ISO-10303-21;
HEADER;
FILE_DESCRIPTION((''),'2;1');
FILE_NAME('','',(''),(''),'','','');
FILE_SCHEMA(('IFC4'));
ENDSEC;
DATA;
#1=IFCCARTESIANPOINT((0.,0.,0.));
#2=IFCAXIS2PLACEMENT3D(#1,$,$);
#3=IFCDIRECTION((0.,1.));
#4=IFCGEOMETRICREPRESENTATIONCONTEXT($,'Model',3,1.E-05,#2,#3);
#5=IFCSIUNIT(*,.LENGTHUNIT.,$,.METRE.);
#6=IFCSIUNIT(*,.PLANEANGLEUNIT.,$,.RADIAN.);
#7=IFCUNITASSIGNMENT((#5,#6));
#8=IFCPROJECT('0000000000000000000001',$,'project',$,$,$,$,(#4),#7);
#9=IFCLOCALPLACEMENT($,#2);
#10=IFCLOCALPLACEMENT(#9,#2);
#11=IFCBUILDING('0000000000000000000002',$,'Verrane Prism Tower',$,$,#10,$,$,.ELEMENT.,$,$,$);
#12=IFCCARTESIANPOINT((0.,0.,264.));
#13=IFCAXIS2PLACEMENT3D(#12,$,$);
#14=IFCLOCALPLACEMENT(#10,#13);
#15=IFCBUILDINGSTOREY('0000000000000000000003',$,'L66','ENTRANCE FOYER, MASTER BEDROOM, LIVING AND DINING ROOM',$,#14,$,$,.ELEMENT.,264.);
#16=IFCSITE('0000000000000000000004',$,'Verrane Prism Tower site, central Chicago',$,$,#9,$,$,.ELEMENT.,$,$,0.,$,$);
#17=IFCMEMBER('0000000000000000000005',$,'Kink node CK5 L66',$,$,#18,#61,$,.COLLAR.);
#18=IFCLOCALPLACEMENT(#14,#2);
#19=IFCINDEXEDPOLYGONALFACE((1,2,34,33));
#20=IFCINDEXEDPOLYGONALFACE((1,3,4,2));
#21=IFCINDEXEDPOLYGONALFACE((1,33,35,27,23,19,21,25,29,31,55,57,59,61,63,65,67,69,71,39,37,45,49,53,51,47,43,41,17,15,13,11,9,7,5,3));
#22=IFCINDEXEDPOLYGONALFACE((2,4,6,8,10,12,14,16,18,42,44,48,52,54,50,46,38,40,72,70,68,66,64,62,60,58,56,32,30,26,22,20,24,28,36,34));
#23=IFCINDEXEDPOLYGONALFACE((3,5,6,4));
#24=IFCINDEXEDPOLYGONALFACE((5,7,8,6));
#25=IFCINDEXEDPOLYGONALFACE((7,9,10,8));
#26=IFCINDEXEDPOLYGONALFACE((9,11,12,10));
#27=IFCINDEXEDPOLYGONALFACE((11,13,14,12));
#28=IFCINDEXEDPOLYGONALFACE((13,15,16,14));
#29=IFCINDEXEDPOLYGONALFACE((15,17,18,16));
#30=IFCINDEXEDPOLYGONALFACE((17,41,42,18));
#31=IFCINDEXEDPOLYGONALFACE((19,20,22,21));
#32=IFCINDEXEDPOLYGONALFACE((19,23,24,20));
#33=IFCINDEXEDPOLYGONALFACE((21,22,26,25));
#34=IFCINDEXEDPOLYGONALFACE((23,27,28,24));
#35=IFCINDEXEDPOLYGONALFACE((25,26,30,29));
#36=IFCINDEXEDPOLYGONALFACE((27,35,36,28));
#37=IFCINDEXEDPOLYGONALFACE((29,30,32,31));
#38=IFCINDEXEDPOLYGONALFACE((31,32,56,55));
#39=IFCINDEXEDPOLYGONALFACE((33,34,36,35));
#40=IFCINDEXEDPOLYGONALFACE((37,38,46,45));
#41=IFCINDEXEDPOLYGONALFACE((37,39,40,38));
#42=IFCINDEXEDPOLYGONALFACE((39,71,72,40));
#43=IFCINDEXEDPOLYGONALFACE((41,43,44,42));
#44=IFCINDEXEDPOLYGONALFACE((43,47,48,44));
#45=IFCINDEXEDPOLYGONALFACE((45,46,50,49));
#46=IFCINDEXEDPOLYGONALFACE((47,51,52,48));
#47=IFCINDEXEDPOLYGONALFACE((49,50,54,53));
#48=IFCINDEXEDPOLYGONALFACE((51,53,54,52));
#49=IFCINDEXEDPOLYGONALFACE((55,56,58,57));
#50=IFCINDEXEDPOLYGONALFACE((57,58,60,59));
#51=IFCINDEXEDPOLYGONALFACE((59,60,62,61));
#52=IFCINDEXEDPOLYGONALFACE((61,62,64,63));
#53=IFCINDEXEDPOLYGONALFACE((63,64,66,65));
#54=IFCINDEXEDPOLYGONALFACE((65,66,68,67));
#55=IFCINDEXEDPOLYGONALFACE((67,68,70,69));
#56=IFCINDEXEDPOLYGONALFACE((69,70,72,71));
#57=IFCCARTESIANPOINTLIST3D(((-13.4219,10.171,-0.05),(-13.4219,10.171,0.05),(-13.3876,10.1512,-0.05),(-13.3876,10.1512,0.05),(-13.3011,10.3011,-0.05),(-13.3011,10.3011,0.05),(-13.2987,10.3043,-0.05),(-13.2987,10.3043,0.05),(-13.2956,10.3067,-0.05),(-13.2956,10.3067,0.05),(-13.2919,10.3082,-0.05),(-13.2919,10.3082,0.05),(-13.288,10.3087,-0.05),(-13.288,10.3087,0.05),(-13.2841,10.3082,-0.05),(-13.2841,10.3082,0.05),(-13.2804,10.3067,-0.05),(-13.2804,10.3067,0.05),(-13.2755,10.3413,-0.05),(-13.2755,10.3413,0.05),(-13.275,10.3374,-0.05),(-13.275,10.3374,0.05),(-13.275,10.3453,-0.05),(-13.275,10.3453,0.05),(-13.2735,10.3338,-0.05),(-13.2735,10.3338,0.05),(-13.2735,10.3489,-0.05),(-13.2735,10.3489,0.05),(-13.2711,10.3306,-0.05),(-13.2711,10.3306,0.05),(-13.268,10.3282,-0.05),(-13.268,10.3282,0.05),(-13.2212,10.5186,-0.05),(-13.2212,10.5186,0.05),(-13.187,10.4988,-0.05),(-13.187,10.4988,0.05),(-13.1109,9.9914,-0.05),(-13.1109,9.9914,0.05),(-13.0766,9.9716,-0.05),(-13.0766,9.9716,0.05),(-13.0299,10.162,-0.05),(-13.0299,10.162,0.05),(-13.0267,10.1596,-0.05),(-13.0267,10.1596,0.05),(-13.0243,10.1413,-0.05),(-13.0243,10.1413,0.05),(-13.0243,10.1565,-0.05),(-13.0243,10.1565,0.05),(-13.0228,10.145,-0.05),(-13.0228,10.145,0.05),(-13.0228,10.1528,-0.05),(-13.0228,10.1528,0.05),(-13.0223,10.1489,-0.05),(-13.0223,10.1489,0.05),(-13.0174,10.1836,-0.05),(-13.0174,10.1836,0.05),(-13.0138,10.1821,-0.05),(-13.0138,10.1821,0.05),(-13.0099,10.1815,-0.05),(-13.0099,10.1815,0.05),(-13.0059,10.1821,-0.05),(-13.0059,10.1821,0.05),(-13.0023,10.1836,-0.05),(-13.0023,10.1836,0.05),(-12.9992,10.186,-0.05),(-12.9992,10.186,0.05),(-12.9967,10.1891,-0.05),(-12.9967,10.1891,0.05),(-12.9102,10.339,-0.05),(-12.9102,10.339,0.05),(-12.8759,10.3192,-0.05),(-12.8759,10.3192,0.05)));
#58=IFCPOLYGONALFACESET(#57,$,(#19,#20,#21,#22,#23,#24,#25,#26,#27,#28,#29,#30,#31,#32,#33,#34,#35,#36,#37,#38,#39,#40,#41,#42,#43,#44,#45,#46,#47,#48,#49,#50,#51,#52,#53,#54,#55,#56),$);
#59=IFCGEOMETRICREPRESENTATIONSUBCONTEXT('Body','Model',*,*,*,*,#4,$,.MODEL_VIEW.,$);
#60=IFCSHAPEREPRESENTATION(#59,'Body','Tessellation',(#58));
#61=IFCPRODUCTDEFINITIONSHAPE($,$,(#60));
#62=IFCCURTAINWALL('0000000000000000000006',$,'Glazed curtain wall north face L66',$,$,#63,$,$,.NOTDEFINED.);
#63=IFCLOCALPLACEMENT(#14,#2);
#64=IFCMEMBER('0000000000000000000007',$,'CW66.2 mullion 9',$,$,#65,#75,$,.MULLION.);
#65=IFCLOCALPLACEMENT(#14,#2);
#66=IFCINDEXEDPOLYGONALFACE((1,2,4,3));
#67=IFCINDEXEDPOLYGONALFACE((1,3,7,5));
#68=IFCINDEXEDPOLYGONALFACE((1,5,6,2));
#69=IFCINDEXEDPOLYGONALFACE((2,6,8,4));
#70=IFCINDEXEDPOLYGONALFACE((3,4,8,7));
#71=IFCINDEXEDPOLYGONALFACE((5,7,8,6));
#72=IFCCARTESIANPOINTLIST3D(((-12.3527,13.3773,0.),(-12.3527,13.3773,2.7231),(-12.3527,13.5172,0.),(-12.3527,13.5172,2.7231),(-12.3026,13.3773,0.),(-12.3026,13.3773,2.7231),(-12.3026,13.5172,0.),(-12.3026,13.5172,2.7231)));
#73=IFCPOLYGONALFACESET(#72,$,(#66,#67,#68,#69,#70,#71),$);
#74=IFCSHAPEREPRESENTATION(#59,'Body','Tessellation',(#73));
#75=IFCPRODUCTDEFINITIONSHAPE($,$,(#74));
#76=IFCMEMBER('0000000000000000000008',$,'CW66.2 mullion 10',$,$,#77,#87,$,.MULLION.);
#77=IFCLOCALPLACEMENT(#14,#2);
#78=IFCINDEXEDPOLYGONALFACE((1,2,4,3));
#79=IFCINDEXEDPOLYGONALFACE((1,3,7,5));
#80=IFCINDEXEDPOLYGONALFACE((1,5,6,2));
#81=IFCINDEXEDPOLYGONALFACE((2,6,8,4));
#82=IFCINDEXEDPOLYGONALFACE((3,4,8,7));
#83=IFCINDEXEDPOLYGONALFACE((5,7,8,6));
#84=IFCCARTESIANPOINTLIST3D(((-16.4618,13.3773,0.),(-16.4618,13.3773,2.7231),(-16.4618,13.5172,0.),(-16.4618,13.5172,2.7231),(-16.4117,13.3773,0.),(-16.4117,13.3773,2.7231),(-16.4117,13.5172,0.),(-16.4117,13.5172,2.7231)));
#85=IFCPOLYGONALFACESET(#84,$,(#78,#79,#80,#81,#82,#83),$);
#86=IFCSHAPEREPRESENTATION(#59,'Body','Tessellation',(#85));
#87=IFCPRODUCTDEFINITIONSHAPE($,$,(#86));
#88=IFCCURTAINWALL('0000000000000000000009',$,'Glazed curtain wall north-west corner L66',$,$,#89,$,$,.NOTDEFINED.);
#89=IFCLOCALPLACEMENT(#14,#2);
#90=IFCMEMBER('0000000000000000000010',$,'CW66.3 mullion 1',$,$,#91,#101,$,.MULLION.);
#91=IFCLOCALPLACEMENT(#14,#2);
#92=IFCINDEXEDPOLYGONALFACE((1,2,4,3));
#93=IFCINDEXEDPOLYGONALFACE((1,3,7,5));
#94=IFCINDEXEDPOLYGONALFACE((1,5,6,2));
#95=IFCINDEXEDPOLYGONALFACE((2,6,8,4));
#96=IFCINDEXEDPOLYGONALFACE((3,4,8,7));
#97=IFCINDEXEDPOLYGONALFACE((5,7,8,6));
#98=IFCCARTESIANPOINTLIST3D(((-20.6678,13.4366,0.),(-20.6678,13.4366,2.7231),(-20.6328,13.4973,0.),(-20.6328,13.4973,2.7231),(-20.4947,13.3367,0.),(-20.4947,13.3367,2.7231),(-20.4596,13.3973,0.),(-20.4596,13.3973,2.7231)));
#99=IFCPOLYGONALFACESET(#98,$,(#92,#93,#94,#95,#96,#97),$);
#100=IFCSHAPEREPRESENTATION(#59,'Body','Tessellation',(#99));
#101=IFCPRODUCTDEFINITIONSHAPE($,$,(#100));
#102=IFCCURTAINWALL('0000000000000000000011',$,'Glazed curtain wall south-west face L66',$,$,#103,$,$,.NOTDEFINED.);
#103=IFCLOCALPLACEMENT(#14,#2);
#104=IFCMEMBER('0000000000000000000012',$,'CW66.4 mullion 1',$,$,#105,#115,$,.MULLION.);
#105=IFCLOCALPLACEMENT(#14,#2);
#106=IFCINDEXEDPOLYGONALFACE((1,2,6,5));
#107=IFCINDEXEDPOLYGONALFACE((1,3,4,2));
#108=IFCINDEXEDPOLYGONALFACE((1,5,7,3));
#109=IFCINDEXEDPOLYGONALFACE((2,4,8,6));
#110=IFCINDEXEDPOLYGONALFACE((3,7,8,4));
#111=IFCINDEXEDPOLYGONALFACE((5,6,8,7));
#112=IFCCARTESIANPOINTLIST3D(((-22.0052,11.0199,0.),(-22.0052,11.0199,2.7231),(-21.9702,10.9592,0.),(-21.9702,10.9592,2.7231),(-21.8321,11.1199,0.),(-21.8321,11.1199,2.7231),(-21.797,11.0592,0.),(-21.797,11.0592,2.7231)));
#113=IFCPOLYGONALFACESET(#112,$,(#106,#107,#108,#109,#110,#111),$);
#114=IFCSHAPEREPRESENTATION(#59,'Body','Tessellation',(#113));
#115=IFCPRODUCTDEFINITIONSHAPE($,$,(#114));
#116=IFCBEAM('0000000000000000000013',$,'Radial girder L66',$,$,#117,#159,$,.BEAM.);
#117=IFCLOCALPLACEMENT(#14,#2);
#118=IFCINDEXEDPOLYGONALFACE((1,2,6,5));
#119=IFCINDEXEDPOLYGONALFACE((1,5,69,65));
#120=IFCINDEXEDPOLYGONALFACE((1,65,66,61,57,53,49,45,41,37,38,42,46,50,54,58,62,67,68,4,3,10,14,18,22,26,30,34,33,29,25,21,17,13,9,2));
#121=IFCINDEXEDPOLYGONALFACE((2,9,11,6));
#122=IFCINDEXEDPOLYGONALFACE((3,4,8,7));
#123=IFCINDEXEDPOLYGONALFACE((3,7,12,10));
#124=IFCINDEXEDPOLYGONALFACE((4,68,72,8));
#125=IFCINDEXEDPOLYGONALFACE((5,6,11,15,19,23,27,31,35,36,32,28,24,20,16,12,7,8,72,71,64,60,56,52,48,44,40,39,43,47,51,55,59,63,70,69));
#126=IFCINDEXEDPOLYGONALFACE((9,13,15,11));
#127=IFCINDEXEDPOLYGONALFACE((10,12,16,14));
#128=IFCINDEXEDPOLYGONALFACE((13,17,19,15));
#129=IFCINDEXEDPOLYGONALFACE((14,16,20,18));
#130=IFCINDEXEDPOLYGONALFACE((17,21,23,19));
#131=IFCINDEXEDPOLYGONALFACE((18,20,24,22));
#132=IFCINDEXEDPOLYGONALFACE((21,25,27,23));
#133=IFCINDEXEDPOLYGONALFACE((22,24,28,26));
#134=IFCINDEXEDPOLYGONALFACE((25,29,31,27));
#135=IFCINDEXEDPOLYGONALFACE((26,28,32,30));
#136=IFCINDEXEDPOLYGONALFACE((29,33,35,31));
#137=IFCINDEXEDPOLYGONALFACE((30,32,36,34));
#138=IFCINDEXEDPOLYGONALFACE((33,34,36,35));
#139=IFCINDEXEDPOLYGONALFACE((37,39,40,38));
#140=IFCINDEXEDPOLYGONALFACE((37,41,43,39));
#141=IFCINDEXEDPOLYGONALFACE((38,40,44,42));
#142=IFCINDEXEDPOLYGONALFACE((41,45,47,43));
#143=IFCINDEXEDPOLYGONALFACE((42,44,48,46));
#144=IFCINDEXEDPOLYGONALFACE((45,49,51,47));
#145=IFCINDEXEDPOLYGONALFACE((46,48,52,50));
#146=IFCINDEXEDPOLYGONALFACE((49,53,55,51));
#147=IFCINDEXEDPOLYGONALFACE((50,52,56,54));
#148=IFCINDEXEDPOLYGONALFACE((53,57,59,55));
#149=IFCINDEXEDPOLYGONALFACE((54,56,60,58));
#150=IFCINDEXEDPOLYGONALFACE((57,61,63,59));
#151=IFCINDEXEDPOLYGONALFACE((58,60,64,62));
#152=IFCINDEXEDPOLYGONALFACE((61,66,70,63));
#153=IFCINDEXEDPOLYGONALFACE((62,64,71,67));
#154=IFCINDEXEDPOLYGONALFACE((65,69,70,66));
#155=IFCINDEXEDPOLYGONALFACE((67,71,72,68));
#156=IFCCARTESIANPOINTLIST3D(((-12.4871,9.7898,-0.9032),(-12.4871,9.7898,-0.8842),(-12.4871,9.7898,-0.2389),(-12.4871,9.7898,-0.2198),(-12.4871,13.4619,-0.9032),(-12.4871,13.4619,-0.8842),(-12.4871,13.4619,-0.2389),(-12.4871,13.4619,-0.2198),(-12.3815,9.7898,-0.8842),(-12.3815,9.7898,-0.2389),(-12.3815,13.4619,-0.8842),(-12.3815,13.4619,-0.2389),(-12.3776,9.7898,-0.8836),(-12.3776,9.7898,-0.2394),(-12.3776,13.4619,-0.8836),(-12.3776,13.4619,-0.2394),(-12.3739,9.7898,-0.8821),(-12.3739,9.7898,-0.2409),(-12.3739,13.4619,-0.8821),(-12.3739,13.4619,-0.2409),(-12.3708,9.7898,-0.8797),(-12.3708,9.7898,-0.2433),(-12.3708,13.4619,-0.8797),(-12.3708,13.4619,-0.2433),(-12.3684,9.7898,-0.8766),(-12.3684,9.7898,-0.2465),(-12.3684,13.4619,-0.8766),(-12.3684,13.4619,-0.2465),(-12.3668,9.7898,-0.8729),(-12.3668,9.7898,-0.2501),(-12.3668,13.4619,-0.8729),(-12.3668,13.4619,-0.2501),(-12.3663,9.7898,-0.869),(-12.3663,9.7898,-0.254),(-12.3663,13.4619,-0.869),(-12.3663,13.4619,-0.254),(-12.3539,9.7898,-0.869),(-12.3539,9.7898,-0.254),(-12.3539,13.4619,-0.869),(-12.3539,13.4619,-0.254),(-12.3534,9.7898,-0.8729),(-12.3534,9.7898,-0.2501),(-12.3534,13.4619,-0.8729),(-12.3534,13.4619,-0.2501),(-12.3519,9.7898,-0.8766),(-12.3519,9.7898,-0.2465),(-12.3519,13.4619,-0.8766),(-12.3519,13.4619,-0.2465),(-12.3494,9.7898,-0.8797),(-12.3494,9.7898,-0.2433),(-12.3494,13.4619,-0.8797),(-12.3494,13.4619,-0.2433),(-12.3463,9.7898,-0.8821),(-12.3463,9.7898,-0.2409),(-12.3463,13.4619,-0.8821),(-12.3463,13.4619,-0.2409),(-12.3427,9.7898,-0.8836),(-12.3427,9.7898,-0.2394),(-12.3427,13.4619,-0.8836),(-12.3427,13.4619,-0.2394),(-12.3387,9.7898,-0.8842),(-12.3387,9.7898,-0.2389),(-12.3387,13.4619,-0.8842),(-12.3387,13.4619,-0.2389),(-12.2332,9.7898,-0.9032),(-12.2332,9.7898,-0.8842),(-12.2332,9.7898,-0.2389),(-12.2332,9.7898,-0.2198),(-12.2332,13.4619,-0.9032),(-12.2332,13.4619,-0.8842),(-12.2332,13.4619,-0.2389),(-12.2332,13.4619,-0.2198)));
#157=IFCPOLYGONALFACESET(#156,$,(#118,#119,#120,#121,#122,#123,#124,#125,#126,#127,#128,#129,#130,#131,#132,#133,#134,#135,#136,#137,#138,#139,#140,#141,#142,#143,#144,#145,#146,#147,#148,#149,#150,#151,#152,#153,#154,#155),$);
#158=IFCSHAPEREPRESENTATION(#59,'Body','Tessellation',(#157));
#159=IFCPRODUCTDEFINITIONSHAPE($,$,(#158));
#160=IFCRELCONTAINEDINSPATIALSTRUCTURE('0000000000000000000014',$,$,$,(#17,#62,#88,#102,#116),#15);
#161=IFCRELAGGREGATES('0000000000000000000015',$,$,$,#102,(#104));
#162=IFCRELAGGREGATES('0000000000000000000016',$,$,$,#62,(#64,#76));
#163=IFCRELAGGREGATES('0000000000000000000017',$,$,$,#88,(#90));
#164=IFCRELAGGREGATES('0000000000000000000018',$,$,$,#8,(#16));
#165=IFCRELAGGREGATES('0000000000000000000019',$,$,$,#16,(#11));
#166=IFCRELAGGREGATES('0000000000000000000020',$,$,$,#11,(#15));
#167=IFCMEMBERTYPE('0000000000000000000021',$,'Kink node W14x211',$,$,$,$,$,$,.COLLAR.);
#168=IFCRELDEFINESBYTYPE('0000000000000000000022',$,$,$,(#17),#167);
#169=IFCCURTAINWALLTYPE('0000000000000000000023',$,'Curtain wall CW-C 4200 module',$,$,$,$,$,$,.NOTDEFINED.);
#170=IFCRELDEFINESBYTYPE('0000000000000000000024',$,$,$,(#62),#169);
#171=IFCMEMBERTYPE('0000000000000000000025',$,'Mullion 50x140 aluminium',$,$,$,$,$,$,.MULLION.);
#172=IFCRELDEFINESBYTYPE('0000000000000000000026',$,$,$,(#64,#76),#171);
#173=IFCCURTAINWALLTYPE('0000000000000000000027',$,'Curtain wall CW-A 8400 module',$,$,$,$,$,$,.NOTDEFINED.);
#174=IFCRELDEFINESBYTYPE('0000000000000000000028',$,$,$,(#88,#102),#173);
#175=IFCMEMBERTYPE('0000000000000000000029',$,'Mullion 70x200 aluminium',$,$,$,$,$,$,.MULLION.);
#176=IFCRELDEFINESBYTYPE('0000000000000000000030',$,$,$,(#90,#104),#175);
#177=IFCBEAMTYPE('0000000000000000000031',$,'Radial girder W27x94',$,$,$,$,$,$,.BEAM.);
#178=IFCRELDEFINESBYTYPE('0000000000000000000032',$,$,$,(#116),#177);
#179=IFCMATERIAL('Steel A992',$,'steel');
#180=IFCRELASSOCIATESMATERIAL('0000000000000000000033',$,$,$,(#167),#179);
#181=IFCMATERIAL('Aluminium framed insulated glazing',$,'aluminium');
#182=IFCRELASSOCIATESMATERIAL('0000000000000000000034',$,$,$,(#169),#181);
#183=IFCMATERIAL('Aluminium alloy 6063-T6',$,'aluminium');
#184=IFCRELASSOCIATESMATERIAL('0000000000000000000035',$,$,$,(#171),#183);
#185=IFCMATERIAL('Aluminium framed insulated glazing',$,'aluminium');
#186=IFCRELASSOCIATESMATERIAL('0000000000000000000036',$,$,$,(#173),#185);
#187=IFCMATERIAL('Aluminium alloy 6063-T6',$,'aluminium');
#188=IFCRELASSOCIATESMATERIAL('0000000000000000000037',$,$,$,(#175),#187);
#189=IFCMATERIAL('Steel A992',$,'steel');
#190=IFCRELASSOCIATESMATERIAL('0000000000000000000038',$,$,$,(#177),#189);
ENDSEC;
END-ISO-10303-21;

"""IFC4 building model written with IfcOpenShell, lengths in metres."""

from ifc_helpers import new_model, si_unit, direction, frame, origin, origin_2d, place, context, subcontext, project, spatial, rectangle, i_section, extrude, material, material_profile, profile_set, type_object, element, aggregate, save


model = new_model("IFC4")

# Units and contexts
model_context = context("Model", 3, precision=1e-05, world=origin(), true_north=direction((0.0, 1.0)))
body_context = subcontext(model_context, "Body", "Model", "MODEL_VIEW")
ifc_project = project(units=[si_unit("LENGTHUNIT", "METRE"), si_unit("PLANEANGLEUNIT", "RADIAN")], contexts=[model_context])

# Site, building, storey
site_placement = place(None, origin())
site = spatial("IfcSite", under=ifc_project, at=site_placement, Name="Verrane Prism Tower site, central Chicago", CompositionType="ELEMENT", RefElevation=0.0)
building_placement = place(site_placement, origin())
building = spatial("IfcBuilding", under=site, at=building_placement, Name="Verrane Prism Tower", CompositionType="ELEMENT")
storey_placement = place(building_placement, frame((0.0, 0.0, 264.0)))
storey = spatial("IfcBuildingStorey", under=building, at=storey_placement, Name="L66", Description="ENTRANCE FOYER, MASTER BEDROOM, LIVING AND DINING ROOM", CompositionType="ELEMENT", Elevation=264.0)

# Member
ifc_material_1 = material(Name="Steel A992", Category="steel")
ifc_material_profile_1 = material_profile(ifc_material_1, i_section(OverallWidth=0.4014, OverallDepth=0.3987, WebThickness=0.0249, FlangeThickness=0.0396, FilletRadius=0.0151, at=origin_2d()), Name="W14x211")
ifc_profile_set_1 = profile_set([ifc_material_profile_1], Name="Steel A992")
member_type_1 = type_object("IfcMemberType", Name="Kink node W14x211", PredefinedType="COLLAR", material=ifc_profile_set_1)
member_1_placement = place(storey_placement, frame((-13.1489, 10.2451, -0.05), z_axis=(0.0, 0.0, 1.0), x_axis=(0.5, 0.866025, 0.0)))
element("IfcMember", 1, at=member_1_placement, inside=storey, type_object=member_type_1, Name="Kink node CK5 L66", PredefinedType="COLLAR", context=body_context, shape_type="SweptSolid", body=[
    extrude(i_section(OverallWidth=0.4014, OverallDepth=0.3987, WebThickness=0.0249, FlangeThickness=0.0396, FilletRadius=0.0151, at=origin_2d()), origin(), (0.0, 0.0, 1.0), 0.1001),
])

# Curtain wall, members
ifc_material_2 = material(Name="Aluminium framed insulated glazing", Category="aluminium")
curtain_wall_type_1 = type_object("IfcCurtainWallType", Name="Curtain wall CW-C 4200 module", PredefinedType="NOTDEFINED", material=ifc_material_2)
curtain_wall_1_placement = place(storey_placement, origin())
curtain_wall_1 = element("IfcCurtainWall", 2, at=curtain_wall_1_placement, inside=storey, type_object=curtain_wall_type_1, Name="Glazed curtain wall north face L66", PredefinedType="NOTDEFINED")
ifc_material_3 = material(Name="Aluminium alloy 6063-T6", Category="aluminium")
ifc_material_profile_2 = material_profile(ifc_material_3, rectangle(XDim=0.1399, YDim=0.05, at=origin_2d()), Name="Mullion 50x140 aluminium")
ifc_profile_set_2 = profile_set([ifc_material_profile_2], Name="Aluminium alloy 6063-T6")
member_type_2 = type_object("IfcMemberType", Name="Mullion 50x140 aluminium", PredefinedType="MULLION", material=ifc_profile_set_2)
member_2_placement = place(storey_placement, frame((-12.3276, 13.4473, 0.0), z_axis=(0.0, 0.0, 1.0), x_axis=(0.0, -1.0, 0.0)))
member_2 = element("IfcMember", 3, at=member_2_placement, type_object=member_type_2, Name="CW66.2 mullion 9", PredefinedType="MULLION", context=body_context, shape_type="SweptSolid", body=[
    extrude(rectangle(XDim=0.1399, YDim=0.05, at=origin_2d()), origin(), (0.0, 0.0, 1.0), 2.7231),
])
member_3_placement = place(storey_placement, frame((-16.4368, 13.4473, 0.0), z_axis=(0.0, 0.0, 1.0), x_axis=(0.0, -1.0, 0.0)))
member_3 = element("IfcMember", 4, at=member_3_placement, type_object=member_type_2, Name="CW66.2 mullion 10", PredefinedType="MULLION", context=body_context, shape_type="SweptSolid", body=[
    extrude(rectangle(XDim=0.1399, YDim=0.05, at=origin_2d()), origin(), (0.0, 0.0, 1.0), 2.7231),
])

# Curtain walls, members
ifc_material_4 = material(Name="Aluminium framed insulated glazing", Category="aluminium")
curtain_wall_type_2 = type_object("IfcCurtainWallType", Name="Curtain wall CW-A 8400 module", PredefinedType="NOTDEFINED", material=ifc_material_4)
curtain_wall_2_placement = place(storey_placement, origin())
curtain_wall_2 = element("IfcCurtainWall", 5, at=curtain_wall_2_placement, inside=storey, type_object=curtain_wall_type_2, Name="Glazed curtain wall north-west corner L66", PredefinedType="NOTDEFINED")
ifc_material_5 = material(Name="Aluminium alloy 6063-T6", Category="aluminium")
ifc_material_profile_3 = material_profile(ifc_material_5, rectangle(XDim=0.2, YDim=0.0701, at=origin_2d()), Name="Mullion 70x200 aluminium")
ifc_profile_set_3 = profile_set([ifc_material_profile_3], Name="Aluminium alloy 6063-T6")
member_type_3 = type_object("IfcMemberType", Name="Mullion 70x200 aluminium", PredefinedType="MULLION", material=ifc_profile_set_3)
member_4_placement = place(storey_placement, frame((-20.5637, 13.417, 0.0), z_axis=(0.0, 0.0, 1.0), x_axis=(0.866024, -0.500002, 0.0)))
member_4 = element("IfcMember", 6, at=member_4_placement, type_object=member_type_3, Name="CW66.3 mullion 1", PredefinedType="MULLION", context=body_context, shape_type="SweptSolid", body=[
    extrude(rectangle(XDim=0.2, YDim=0.0701, at=origin_2d()), origin(), (0.0, 0.0, 1.0), 2.7231),
])
curtain_wall_3_placement = place(storey_placement, origin())
curtain_wall_3 = element("IfcCurtainWall", 7, at=curtain_wall_3_placement, inside=storey, type_object=curtain_wall_type_2, Name="Glazed curtain wall south-west face L66", PredefinedType="NOTDEFINED")
member_5_placement = place(storey_placement, frame((-21.9011, 11.0396, 0.0), z_axis=(0.0, 0.0, 1.0), x_axis=(0.866025, 0.500001, 0.0)))
member_5 = element("IfcMember", 8, at=member_5_placement, type_object=member_type_3, Name="CW66.4 mullion 1", PredefinedType="MULLION", context=body_context, shape_type="SweptSolid", body=[
    extrude(rectangle(XDim=0.2, YDim=0.0701, at=origin_2d()), origin(), (0.0, 0.0, 1.0), 2.7231),
])

# Beam
ifc_material_6 = material(Name="Steel A992", Category="steel")
ifc_material_profile_4 = material_profile(ifc_material_6, i_section(OverallWidth=0.2539, OverallDepth=0.6833, WebThickness=0.0125, FlangeThickness=0.019, FilletRadius=0.0151, at=origin_2d()), Name="W27x94")
ifc_profile_set_4 = profile_set([ifc_material_profile_4], Name="Steel A992")
beam_type_1 = type_object("IfcBeamType", Name="Radial girder W27x94", PredefinedType="BEAM", material=ifc_profile_set_4)
beam_1_placement = place(storey_placement, frame((-12.3601, 13.4619, -0.5615), z_axis=(0.0, -1.0, 0.0), x_axis=(1.0, 0.0, 0.0)))
element("IfcBeam", 9, at=beam_1_placement, inside=storey, type_object=beam_type_1, Name="Radial girder L66", PredefinedType="BEAM", context=body_context, shape_type="SweptSolid", body=[
    extrude(i_section(OverallWidth=0.2539, OverallDepth=0.6833, WebThickness=0.0125, FlangeThickness=0.019, FilletRadius=0.0151, at=origin_2d()), origin(), (0.0, 0.0, 1.0), 3.6721),
])

aggregate(curtain_wall_3, [member_5])

aggregate(curtain_wall_1, [member_2, member_3])
aggregate(curtain_wall_2, [member_4])

save(model, "model.ifc")
